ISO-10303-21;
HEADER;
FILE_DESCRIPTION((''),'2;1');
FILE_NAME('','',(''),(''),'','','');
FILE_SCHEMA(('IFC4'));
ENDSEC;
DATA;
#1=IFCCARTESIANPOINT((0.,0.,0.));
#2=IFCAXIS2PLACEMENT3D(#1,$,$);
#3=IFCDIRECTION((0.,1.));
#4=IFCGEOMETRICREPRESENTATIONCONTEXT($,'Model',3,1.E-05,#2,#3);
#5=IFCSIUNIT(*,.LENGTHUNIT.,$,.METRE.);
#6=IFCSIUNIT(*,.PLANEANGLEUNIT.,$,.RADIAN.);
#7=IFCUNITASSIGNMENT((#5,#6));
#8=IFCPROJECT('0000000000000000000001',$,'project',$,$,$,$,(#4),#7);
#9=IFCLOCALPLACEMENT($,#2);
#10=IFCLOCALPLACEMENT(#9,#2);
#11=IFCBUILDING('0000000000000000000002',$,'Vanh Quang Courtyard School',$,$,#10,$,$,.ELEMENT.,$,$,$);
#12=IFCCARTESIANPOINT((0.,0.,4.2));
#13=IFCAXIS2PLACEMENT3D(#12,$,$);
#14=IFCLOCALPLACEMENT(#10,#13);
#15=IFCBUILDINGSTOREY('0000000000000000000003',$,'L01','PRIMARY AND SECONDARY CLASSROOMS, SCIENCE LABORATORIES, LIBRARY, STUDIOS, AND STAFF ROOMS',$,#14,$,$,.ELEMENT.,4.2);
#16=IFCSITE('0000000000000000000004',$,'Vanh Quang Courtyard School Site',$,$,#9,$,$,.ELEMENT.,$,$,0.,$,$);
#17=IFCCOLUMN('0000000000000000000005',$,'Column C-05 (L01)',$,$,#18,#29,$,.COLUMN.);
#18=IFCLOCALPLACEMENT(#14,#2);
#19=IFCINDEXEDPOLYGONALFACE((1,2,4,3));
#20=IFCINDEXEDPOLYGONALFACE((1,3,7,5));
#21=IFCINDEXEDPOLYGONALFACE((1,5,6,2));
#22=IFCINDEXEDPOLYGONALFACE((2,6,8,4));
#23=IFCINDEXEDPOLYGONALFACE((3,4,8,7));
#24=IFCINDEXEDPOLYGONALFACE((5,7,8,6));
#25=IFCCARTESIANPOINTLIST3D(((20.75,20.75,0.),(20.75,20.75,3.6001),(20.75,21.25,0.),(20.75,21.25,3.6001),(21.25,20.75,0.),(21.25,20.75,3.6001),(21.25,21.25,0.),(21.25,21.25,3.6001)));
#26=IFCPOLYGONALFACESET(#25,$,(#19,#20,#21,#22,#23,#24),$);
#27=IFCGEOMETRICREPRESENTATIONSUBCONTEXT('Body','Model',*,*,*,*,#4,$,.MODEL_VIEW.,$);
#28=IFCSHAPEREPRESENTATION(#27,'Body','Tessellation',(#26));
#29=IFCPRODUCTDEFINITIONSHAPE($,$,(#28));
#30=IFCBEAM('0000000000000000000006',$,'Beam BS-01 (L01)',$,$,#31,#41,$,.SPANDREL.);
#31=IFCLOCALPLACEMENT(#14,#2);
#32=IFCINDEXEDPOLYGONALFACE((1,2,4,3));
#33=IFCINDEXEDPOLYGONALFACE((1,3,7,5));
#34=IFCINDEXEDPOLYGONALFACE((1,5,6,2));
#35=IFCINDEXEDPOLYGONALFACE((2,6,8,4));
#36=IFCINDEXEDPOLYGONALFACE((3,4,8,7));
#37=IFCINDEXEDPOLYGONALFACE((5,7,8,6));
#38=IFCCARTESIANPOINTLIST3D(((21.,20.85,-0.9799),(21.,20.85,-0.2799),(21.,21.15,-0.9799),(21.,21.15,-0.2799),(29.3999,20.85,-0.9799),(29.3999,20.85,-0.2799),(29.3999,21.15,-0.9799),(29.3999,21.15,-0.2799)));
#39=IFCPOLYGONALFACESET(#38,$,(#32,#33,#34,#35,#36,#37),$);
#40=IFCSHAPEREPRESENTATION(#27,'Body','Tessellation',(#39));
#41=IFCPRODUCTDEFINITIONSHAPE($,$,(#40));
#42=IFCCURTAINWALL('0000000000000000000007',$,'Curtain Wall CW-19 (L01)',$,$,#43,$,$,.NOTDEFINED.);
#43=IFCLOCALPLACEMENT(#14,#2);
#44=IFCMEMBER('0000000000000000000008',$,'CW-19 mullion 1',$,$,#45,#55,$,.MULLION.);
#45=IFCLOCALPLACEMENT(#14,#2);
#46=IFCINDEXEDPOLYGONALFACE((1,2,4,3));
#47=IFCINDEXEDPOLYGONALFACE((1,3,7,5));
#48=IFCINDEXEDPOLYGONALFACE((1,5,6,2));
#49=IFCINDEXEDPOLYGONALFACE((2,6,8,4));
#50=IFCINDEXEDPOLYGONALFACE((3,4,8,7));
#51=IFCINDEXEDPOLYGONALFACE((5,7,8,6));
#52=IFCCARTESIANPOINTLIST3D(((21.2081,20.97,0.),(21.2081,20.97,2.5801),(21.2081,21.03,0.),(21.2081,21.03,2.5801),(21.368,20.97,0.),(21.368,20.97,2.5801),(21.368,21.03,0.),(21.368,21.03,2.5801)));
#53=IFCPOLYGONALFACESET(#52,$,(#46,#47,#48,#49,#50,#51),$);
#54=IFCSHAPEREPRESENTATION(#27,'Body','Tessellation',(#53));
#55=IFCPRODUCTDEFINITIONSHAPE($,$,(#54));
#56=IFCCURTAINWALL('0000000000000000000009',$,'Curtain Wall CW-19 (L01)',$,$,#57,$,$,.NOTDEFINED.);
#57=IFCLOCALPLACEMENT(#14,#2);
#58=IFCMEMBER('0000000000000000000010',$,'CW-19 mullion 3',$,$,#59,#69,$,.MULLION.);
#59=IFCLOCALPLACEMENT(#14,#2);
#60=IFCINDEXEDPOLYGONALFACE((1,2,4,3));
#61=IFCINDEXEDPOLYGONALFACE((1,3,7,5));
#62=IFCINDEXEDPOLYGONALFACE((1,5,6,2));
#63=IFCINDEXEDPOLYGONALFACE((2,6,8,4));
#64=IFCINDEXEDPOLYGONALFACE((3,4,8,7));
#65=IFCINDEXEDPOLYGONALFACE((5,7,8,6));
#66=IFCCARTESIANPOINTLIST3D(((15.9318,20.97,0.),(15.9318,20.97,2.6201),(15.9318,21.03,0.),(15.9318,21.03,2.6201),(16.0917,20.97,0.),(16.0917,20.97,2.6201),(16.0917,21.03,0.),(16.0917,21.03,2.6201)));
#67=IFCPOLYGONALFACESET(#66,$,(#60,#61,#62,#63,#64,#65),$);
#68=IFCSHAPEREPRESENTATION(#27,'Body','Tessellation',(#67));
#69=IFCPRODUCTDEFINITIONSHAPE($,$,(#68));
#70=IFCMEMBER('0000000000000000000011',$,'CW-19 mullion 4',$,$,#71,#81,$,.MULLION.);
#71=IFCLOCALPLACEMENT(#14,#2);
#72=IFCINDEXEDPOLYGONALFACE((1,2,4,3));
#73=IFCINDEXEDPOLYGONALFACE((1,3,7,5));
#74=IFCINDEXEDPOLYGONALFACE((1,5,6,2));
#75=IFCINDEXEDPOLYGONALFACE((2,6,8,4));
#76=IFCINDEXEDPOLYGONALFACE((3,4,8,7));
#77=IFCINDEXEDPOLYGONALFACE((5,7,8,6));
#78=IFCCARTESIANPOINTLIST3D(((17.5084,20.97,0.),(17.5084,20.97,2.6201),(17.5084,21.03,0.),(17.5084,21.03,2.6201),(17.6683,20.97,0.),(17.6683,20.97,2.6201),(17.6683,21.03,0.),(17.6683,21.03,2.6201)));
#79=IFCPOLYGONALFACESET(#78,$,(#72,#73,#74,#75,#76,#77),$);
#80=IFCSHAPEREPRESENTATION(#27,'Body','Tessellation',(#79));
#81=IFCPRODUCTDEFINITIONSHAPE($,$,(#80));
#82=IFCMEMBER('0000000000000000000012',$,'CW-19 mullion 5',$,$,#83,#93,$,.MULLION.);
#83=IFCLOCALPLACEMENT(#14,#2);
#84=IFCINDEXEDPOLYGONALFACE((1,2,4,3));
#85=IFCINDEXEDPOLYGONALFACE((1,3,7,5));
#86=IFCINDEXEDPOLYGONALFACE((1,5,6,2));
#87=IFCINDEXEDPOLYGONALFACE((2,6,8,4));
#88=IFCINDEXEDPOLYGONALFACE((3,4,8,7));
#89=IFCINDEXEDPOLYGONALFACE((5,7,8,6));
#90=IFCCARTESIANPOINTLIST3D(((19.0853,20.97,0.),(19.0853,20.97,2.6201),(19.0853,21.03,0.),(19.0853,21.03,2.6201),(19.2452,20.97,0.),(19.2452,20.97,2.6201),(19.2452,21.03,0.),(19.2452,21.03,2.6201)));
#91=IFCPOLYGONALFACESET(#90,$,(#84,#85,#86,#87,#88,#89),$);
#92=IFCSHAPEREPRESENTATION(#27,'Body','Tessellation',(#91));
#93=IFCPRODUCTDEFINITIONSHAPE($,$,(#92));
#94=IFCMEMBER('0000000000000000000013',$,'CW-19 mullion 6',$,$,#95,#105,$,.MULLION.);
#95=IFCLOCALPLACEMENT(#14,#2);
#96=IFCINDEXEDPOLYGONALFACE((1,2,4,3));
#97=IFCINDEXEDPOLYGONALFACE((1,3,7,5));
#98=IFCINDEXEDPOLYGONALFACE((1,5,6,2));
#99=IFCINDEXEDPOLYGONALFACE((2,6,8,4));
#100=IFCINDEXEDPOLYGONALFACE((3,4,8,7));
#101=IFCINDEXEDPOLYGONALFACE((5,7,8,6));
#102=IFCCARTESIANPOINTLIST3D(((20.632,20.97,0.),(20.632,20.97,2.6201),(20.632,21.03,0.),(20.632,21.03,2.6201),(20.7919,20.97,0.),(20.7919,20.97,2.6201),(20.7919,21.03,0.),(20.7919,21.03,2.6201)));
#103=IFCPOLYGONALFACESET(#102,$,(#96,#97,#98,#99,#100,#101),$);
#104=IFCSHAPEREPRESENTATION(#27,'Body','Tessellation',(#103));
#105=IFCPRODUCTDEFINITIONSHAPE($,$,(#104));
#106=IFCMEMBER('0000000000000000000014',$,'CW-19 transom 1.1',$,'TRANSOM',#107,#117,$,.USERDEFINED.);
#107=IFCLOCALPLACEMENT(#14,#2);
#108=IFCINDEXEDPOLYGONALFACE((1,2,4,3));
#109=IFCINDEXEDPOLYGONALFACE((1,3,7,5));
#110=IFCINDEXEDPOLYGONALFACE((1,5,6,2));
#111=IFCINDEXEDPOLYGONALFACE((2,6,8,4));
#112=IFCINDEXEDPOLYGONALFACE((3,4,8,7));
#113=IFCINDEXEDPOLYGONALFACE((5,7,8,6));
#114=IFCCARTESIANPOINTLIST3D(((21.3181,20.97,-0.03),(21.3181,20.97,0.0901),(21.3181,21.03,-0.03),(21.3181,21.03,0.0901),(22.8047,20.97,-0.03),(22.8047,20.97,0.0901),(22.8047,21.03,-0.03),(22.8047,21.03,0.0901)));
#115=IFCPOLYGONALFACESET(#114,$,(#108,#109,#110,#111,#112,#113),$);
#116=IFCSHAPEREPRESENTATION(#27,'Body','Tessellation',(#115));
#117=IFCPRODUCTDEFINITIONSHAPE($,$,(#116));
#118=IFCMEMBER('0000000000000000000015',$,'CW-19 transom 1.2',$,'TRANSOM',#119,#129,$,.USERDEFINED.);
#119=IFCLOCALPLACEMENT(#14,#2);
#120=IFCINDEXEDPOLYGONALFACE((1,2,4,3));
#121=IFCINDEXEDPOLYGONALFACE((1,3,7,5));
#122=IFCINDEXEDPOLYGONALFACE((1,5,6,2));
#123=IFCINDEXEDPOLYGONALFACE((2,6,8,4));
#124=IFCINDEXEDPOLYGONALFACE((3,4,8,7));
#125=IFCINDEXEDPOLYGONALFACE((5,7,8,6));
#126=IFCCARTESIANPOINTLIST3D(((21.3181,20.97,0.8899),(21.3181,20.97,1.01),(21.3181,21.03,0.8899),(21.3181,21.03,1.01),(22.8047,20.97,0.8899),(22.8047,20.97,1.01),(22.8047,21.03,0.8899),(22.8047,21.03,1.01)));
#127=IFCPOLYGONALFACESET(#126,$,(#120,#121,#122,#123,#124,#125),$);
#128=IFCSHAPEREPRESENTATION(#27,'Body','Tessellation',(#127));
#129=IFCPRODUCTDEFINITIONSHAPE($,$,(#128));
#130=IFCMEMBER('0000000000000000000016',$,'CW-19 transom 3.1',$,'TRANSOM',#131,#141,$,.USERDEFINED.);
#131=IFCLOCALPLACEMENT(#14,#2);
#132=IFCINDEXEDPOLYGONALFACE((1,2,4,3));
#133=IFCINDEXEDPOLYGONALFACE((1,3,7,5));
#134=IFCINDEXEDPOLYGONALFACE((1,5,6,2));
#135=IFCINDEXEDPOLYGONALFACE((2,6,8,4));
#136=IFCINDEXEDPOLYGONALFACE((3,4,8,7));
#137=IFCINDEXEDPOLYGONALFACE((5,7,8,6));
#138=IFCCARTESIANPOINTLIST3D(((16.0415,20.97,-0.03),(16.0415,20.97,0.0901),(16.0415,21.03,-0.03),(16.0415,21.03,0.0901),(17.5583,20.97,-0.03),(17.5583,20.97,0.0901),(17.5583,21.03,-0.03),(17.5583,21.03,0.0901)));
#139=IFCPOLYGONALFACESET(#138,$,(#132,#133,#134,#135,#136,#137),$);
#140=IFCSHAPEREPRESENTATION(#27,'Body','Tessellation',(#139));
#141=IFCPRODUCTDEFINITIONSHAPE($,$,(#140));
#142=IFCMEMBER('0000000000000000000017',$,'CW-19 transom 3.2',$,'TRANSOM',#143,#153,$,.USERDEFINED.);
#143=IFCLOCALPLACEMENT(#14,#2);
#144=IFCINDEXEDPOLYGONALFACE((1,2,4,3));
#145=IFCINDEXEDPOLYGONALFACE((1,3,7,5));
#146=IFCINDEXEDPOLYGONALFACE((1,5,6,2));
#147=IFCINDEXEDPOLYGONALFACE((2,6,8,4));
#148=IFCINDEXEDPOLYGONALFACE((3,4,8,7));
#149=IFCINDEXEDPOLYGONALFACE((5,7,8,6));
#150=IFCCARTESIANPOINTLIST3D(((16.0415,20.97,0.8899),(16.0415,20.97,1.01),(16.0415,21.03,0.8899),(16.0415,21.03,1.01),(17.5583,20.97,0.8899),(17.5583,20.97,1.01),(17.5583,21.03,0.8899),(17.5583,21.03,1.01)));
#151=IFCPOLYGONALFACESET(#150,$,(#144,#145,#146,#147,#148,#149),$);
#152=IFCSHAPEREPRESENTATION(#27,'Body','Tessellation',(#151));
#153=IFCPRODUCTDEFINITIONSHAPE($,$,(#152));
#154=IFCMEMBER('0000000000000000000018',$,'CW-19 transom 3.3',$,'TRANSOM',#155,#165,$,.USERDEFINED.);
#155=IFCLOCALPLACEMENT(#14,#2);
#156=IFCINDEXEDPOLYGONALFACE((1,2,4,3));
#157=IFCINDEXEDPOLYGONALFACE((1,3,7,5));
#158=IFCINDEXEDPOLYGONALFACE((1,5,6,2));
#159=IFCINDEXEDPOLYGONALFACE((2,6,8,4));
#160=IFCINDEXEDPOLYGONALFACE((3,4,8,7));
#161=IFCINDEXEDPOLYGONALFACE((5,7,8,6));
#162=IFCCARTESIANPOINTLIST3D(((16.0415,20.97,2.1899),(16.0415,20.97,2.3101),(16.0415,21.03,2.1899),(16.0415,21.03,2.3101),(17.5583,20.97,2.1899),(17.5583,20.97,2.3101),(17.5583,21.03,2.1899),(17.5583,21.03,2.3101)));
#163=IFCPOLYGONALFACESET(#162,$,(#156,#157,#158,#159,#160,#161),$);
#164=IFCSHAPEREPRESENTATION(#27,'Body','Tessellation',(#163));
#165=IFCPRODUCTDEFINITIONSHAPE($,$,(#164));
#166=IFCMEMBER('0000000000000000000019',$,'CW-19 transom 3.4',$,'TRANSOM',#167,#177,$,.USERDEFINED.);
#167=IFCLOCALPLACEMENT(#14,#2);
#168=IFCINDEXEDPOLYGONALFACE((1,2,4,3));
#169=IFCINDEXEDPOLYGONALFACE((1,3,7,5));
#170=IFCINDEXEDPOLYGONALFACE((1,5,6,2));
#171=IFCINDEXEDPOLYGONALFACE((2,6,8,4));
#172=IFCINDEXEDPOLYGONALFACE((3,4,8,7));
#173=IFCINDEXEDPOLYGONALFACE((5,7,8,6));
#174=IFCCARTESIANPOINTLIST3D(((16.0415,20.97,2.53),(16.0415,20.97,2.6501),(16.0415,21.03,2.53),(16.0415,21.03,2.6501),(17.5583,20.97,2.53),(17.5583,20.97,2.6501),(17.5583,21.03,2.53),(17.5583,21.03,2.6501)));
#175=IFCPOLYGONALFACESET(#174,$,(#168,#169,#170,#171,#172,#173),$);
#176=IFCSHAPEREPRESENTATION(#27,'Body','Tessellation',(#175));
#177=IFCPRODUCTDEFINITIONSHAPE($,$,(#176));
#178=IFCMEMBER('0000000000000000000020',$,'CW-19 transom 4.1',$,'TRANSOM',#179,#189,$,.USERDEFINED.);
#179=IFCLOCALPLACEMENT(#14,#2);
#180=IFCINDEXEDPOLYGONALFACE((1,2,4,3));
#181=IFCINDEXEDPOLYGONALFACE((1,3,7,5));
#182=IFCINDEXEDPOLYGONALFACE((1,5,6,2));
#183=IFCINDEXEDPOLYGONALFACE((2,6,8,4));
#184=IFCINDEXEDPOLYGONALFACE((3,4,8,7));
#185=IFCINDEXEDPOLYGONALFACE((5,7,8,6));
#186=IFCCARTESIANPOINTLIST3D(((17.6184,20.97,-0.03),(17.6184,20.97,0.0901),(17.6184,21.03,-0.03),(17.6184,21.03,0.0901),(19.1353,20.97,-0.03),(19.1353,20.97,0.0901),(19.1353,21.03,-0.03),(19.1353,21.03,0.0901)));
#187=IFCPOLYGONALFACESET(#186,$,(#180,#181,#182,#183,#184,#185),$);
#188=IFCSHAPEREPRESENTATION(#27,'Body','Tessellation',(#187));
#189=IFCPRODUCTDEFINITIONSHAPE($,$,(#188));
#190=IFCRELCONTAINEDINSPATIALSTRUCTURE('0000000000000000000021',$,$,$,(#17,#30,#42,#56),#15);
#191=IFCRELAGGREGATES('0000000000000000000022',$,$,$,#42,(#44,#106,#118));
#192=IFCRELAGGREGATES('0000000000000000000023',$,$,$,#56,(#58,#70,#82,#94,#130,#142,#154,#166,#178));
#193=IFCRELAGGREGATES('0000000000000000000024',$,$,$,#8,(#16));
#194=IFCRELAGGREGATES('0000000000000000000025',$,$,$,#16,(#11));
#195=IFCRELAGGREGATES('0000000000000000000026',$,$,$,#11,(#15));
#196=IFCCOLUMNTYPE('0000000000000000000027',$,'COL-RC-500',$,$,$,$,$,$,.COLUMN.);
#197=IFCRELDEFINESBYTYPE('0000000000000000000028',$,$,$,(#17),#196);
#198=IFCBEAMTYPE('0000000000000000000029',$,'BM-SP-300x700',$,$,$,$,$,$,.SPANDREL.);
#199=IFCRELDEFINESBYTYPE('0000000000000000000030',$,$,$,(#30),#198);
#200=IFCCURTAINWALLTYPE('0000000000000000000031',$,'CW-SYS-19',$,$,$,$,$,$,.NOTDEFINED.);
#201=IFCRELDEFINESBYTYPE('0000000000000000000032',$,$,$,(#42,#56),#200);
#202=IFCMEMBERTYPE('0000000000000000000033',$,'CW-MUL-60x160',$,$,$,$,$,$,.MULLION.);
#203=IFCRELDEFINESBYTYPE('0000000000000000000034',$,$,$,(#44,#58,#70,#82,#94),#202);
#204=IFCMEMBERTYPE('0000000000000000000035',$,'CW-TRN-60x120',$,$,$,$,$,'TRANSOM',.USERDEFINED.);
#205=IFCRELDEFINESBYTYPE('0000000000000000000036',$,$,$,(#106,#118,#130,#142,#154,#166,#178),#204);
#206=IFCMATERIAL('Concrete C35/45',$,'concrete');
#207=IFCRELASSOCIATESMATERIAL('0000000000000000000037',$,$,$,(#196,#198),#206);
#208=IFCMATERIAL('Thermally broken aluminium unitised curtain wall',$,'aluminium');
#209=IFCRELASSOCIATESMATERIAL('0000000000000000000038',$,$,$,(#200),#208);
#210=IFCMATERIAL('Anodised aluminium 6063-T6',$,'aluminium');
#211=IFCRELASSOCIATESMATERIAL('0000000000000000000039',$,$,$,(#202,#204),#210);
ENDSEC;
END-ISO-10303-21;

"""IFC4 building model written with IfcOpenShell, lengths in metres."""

from ifc_helpers import new_model, si_unit, direction, frame, origin, origin_2d, place, context, subcontext, project, spatial, rectangle, extrude, material, material_profile, profile_set, type_object, element, aggregate, save


model = new_model("IFC4")

# Units and contexts
model_context = context("Model", 3, precision=1e-05, world=origin(), true_north=direction((0.0, 1.0)))
body_context = subcontext(model_context, "Body", "Model", "MODEL_VIEW")
ifc_project = project(units=[si_unit("LENGTHUNIT", "METRE"), si_unit("PLANEANGLEUNIT", "RADIAN")], contexts=[model_context])

# Site, building, storey
site_placement = place(None, origin())
site = spatial("IfcSite", under=ifc_project, at=site_placement, Name="Vanh Quang Courtyard School Site", CompositionType="ELEMENT", RefElevation=0.0)
building_placement = place(site_placement, origin())
building = spatial("IfcBuilding", under=site, at=building_placement, Name="Vanh Quang Courtyard School", CompositionType="ELEMENT")
storey_placement = place(building_placement, frame((0.0, 0.0, 4.2)))
storey = spatial("IfcBuildingStorey", under=building, at=storey_placement, Name="L01", Description="PRIMARY AND SECONDARY CLASSROOMS, SCIENCE LABORATORIES, LIBRARY, STUDIOS, AND STAFF ROOMS", CompositionType="ELEMENT", Elevation=4.2)

# Column
ifc_material_1 = material(Name="Concrete C35/45", Category="concrete")
ifc_material_profile_1 = material_profile(ifc_material_1, rectangle(XDim=0.5, YDim=0.5, at=origin_2d()), Name="RC-COL 500x500")
ifc_profile_set_1 = profile_set([ifc_material_profile_1], Name="Concrete C35/45")
column_type = type_object("IfcColumnType", Name="COL-RC-500", PredefinedType="COLUMN", material=ifc_profile_set_1)
column_placement = place(storey_placement, frame((21.0, 21.0, 0.0), z_axis=(0.0, 0.0, 1.0), x_axis=(1.0, 0.0, 0.0)))
element("IfcColumn", 1, at=column_placement, inside=storey, type_object=column_type, Name="Column C-05 (L01)", PredefinedType="COLUMN", context=body_context, shape_type="SweptSolid", body=[
    extrude(rectangle(XDim=0.5, YDim=0.5, at=origin_2d()), origin(), (0.0, 0.0, 1.0), 3.6001),
])

# Beam
ifc_material_profile_2 = material_profile(ifc_material_1, rectangle(XDim=0.3, YDim=0.7, at=origin_2d()), Name="RC-SP 300x700")
ifc_profile_set_2 = profile_set([ifc_material_profile_2], Name="Concrete C35/45")
beam_type = type_object("IfcBeamType", Name="BM-SP-300x700", PredefinedType="SPANDREL", material=ifc_profile_set_2)
beam_placement = place(storey_placement, frame((21.0, 21.0, -0.6299), z_axis=(1.0, 0.0, 0.0), x_axis=(0.0, 1.0, 0.0)))
element("IfcBeam", 2, at=beam_placement, inside=storey, type_object=beam_type, Name="Beam BS-01 (L01)", PredefinedType="SPANDREL", context=body_context, shape_type="SweptSolid", body=[
    extrude(rectangle(XDim=0.3, YDim=0.7, at=origin_2d()), origin(), (0.0, 0.0, 1.0), 8.3999),
])

# Curtain wall, member
ifc_material_2 = material(Name="Thermally broken aluminium unitised curtain wall", Category="aluminium")
curtain_wall_type = type_object("IfcCurtainWallType", Name="CW-SYS-19", PredefinedType="NOTDEFINED", material=ifc_material_2)
curtain_wall_1_placement = place(storey_placement, origin())
curtain_wall_1 = element("IfcCurtainWall", 3, at=curtain_wall_1_placement, inside=storey, type_object=curtain_wall_type, Name="Curtain Wall CW-19 (L01)", PredefinedType="NOTDEFINED")
ifc_material_3 = material(Name="Anodised aluminium 6063-T6", Category="aluminium")
ifc_material_profile_3 = material_profile(ifc_material_3, rectangle(XDim=0.0601, YDim=0.1599, at=origin_2d()), Name="ALU-MUL 60x160")
ifc_profile_set_3 = profile_set([ifc_material_profile_3], Name="Anodised aluminium 6063-T6")
member_type_1 = type_object("IfcMemberType", Name="CW-MUL-60x160", PredefinedType="MULLION", material=ifc_profile_set_3)
member_1_placement = place(storey_placement, frame((21.2881, 21.0, 0.0), z_axis=(0.0, 0.0, 1.0), x_axis=(0.0, 1.0, 0.0)))
member_1 = element("IfcMember", 4, at=member_1_placement, type_object=member_type_1, Name="CW-19 mullion 1", PredefinedType="MULLION", context=body_context, shape_type="SweptSolid", body=[
    extrude(rectangle(XDim=0.0601, YDim=0.1599, at=origin_2d()), origin(), (0.0, 0.0, 1.0), 2.5801),
])

# Curtain wall, members
curtain_wall_2_placement = place(storey_placement, origin())
curtain_wall_2 = element("IfcCurtainWall", 5, at=curtain_wall_2_placement, inside=storey, type_object=curtain_wall_type, Name="Curtain Wall CW-19 (L01)", PredefinedType="NOTDEFINED")
member_2_placement = place(storey_placement, frame((16.0117, 21.0, 0.0), z_axis=(0.0, 0.0, 1.0), x_axis=(0.0, 1.0, 0.0)))
member_2 = element("IfcMember", 6, at=member_2_placement, type_object=member_type_1, Name="CW-19 mullion 3", PredefinedType="MULLION", context=body_context, shape_type="SweptSolid", body=[
    extrude(rectangle(XDim=0.0601, YDim=0.1599, at=origin_2d()), origin(), (0.0, 0.0, 1.0), 2.6201),
])
member_3_placement = place(storey_placement, frame((17.5884, 21.0, 0.0), z_axis=(0.0, 0.0, 1.0), x_axis=(0.0, 1.0, 0.0)))
member_3 = element("IfcMember", 7, at=member_3_placement, type_object=member_type_1, Name="CW-19 mullion 4", PredefinedType="MULLION", context=body_context, shape_type="SweptSolid", body=[
    extrude(rectangle(XDim=0.0601, YDim=0.1599, at=origin_2d()), origin(), (0.0, 0.0, 1.0), 2.6201),
])
member_4_placement = place(storey_placement, frame((19.1653, 21.0, 0.0), z_axis=(0.0, 0.0, 1.0), x_axis=(0.0, 1.0, 0.0)))
member_4 = element("IfcMember", 8, at=member_4_placement, type_object=member_type_1, Name="CW-19 mullion 5", PredefinedType="MULLION", context=body_context, shape_type="SweptSolid", body=[
    extrude(rectangle(XDim=0.0601, YDim=0.1599, at=origin_2d()), origin(), (0.0, 0.0, 1.0), 2.6201),
])
member_5_placement = place(storey_placement, frame((20.7119, 21.0, 0.0), z_axis=(0.0, 0.0, 1.0), x_axis=(0.0, 1.0, 0.0)))
member_5 = element("IfcMember", 9, at=member_5_placement, type_object=member_type_1, Name="CW-19 mullion 6", PredefinedType="MULLION", context=body_context, shape_type="SweptSolid", body=[
    extrude(rectangle(XDim=0.0601, YDim=0.1599, at=origin_2d()), origin(), (0.0, 0.0, 1.0), 2.6201),
])

# Members
ifc_material_profile_4 = material_profile(ifc_material_3, rectangle(XDim=0.0601, YDim=0.1201, at=origin_2d()), Name="ALU-TRN 60x120")
ifc_profile_set_4 = profile_set([ifc_material_profile_4], Name="Anodised aluminium 6063-T6")
member_type_2 = type_object("IfcMemberType", Name="CW-TRN-60x120", ElementType="TRANSOM", PredefinedType="USERDEFINED", material=ifc_profile_set_4)
member_6_placement = place(storey_placement, frame((21.3181, 21.0, 0.03), z_axis=(1.0, 0.0, 0.0), x_axis=(0.0, 1.0, 0.0)))
member_6 = element("IfcMember", 10, at=member_6_placement, type_object=member_type_2, Name="CW-19 transom 1.1", ObjectType="TRANSOM", PredefinedType="USERDEFINED", context=body_context, shape_type="SweptSolid", body=[
    extrude(rectangle(XDim=0.0601, YDim=0.1201, at=origin_2d()), origin(), (0.0, 0.0, 1.0), 1.4866),
])
member_7_placement = place(storey_placement, frame((21.3181, 21.0, 0.95), z_axis=(1.0, 0.0, 0.0), x_axis=(0.0, 1.0, 0.0)))
member_7 = element("IfcMember", 11, at=member_7_placement, type_object=member_type_2, Name="CW-19 transom 1.2", ObjectType="TRANSOM", PredefinedType="USERDEFINED", context=body_context, shape_type="SweptSolid", body=[
    extrude(rectangle(XDim=0.0601, YDim=0.1201, at=origin_2d()), origin(), (0.0, 0.0, 1.0), 1.4866),
])
aggregate(curtain_wall_1, [member_1, member_6, member_7])
member_8_placement = place(storey_placement, frame((16.0415, 21.0, 0.03), z_axis=(1.0, 0.0, 0.0), x_axis=(0.0, 1.0, 0.0)))
member_8 = element("IfcMember", 12, at=member_8_placement, type_object=member_type_2, Name="CW-19 transom 3.1", ObjectType="TRANSOM", PredefinedType="USERDEFINED", context=body_context, shape_type="SweptSolid", body=[
    extrude(rectangle(XDim=0.0601, YDim=0.1201, at=origin_2d()), origin(), (0.0, 0.0, 1.0), 1.5168),
])
member_9_placement = place(storey_placement, frame((16.0415, 21.0, 0.95), z_axis=(1.0, 0.0, 0.0), x_axis=(0.0, 1.0, 0.0)))
member_9 = element("IfcMember", 13, at=member_9_placement, type_object=member_type_2, Name="CW-19 transom 3.2", ObjectType="TRANSOM", PredefinedType="USERDEFINED", context=body_context, shape_type="SweptSolid", body=[
    extrude(rectangle(XDim=0.0601, YDim=0.1201, at=origin_2d()), origin(), (0.0, 0.0, 1.0), 1.5168),
])
member_10_placement = place(storey_placement, frame((16.0415, 21.0, 2.25), z_axis=(1.0, 0.0, 0.0), x_axis=(0.0, 1.0, 0.0)))
member_10 = element("IfcMember", 14, at=member_10_placement, type_object=member_type_2, Name="CW-19 transom 3.3", ObjectType="TRANSOM", PredefinedType="USERDEFINED", context=body_context, shape_type="SweptSolid", body=[
    extrude(rectangle(XDim=0.0601, YDim=0.1201, at=origin_2d()), origin(), (0.0, 0.0, 1.0), 1.5168),
])
member_11_placement = place(storey_placement, frame((16.0415, 21.0, 2.5901), z_axis=(1.0, 0.0, 0.0), x_axis=(0.0, 1.0, 0.0)))
member_11 = element("IfcMember", 15, at=member_11_placement, type_object=member_type_2, Name="CW-19 transom 3.4", ObjectType="TRANSOM", PredefinedType="USERDEFINED", context=body_context, shape_type="SweptSolid", body=[
    extrude(rectangle(XDim=0.0601, YDim=0.1201, at=origin_2d()), origin(), (0.0, 0.0, 1.0), 1.5168),
])
member_12_placement = place(storey_placement, frame((17.6184, 21.0, 0.03), z_axis=(1.0, 0.0, 0.0), x_axis=(0.0, 1.0, 0.0)))
member_12 = element("IfcMember", 16, at=member_12_placement, type_object=member_type_2, Name="CW-19 transom 4.1", ObjectType="TRANSOM", PredefinedType="USERDEFINED", context=body_context, shape_type="SweptSolid", body=[
    extrude(rectangle(XDim=0.0601, YDim=0.1201, at=origin_2d()), origin(), (0.0, 0.0, 1.0), 1.5168),
])

aggregate(curtain_wall_2, [member_2, member_3, member_4, member_5, member_8, member_9, member_10, member_11, member_12])

save(model, "model.ifc")
